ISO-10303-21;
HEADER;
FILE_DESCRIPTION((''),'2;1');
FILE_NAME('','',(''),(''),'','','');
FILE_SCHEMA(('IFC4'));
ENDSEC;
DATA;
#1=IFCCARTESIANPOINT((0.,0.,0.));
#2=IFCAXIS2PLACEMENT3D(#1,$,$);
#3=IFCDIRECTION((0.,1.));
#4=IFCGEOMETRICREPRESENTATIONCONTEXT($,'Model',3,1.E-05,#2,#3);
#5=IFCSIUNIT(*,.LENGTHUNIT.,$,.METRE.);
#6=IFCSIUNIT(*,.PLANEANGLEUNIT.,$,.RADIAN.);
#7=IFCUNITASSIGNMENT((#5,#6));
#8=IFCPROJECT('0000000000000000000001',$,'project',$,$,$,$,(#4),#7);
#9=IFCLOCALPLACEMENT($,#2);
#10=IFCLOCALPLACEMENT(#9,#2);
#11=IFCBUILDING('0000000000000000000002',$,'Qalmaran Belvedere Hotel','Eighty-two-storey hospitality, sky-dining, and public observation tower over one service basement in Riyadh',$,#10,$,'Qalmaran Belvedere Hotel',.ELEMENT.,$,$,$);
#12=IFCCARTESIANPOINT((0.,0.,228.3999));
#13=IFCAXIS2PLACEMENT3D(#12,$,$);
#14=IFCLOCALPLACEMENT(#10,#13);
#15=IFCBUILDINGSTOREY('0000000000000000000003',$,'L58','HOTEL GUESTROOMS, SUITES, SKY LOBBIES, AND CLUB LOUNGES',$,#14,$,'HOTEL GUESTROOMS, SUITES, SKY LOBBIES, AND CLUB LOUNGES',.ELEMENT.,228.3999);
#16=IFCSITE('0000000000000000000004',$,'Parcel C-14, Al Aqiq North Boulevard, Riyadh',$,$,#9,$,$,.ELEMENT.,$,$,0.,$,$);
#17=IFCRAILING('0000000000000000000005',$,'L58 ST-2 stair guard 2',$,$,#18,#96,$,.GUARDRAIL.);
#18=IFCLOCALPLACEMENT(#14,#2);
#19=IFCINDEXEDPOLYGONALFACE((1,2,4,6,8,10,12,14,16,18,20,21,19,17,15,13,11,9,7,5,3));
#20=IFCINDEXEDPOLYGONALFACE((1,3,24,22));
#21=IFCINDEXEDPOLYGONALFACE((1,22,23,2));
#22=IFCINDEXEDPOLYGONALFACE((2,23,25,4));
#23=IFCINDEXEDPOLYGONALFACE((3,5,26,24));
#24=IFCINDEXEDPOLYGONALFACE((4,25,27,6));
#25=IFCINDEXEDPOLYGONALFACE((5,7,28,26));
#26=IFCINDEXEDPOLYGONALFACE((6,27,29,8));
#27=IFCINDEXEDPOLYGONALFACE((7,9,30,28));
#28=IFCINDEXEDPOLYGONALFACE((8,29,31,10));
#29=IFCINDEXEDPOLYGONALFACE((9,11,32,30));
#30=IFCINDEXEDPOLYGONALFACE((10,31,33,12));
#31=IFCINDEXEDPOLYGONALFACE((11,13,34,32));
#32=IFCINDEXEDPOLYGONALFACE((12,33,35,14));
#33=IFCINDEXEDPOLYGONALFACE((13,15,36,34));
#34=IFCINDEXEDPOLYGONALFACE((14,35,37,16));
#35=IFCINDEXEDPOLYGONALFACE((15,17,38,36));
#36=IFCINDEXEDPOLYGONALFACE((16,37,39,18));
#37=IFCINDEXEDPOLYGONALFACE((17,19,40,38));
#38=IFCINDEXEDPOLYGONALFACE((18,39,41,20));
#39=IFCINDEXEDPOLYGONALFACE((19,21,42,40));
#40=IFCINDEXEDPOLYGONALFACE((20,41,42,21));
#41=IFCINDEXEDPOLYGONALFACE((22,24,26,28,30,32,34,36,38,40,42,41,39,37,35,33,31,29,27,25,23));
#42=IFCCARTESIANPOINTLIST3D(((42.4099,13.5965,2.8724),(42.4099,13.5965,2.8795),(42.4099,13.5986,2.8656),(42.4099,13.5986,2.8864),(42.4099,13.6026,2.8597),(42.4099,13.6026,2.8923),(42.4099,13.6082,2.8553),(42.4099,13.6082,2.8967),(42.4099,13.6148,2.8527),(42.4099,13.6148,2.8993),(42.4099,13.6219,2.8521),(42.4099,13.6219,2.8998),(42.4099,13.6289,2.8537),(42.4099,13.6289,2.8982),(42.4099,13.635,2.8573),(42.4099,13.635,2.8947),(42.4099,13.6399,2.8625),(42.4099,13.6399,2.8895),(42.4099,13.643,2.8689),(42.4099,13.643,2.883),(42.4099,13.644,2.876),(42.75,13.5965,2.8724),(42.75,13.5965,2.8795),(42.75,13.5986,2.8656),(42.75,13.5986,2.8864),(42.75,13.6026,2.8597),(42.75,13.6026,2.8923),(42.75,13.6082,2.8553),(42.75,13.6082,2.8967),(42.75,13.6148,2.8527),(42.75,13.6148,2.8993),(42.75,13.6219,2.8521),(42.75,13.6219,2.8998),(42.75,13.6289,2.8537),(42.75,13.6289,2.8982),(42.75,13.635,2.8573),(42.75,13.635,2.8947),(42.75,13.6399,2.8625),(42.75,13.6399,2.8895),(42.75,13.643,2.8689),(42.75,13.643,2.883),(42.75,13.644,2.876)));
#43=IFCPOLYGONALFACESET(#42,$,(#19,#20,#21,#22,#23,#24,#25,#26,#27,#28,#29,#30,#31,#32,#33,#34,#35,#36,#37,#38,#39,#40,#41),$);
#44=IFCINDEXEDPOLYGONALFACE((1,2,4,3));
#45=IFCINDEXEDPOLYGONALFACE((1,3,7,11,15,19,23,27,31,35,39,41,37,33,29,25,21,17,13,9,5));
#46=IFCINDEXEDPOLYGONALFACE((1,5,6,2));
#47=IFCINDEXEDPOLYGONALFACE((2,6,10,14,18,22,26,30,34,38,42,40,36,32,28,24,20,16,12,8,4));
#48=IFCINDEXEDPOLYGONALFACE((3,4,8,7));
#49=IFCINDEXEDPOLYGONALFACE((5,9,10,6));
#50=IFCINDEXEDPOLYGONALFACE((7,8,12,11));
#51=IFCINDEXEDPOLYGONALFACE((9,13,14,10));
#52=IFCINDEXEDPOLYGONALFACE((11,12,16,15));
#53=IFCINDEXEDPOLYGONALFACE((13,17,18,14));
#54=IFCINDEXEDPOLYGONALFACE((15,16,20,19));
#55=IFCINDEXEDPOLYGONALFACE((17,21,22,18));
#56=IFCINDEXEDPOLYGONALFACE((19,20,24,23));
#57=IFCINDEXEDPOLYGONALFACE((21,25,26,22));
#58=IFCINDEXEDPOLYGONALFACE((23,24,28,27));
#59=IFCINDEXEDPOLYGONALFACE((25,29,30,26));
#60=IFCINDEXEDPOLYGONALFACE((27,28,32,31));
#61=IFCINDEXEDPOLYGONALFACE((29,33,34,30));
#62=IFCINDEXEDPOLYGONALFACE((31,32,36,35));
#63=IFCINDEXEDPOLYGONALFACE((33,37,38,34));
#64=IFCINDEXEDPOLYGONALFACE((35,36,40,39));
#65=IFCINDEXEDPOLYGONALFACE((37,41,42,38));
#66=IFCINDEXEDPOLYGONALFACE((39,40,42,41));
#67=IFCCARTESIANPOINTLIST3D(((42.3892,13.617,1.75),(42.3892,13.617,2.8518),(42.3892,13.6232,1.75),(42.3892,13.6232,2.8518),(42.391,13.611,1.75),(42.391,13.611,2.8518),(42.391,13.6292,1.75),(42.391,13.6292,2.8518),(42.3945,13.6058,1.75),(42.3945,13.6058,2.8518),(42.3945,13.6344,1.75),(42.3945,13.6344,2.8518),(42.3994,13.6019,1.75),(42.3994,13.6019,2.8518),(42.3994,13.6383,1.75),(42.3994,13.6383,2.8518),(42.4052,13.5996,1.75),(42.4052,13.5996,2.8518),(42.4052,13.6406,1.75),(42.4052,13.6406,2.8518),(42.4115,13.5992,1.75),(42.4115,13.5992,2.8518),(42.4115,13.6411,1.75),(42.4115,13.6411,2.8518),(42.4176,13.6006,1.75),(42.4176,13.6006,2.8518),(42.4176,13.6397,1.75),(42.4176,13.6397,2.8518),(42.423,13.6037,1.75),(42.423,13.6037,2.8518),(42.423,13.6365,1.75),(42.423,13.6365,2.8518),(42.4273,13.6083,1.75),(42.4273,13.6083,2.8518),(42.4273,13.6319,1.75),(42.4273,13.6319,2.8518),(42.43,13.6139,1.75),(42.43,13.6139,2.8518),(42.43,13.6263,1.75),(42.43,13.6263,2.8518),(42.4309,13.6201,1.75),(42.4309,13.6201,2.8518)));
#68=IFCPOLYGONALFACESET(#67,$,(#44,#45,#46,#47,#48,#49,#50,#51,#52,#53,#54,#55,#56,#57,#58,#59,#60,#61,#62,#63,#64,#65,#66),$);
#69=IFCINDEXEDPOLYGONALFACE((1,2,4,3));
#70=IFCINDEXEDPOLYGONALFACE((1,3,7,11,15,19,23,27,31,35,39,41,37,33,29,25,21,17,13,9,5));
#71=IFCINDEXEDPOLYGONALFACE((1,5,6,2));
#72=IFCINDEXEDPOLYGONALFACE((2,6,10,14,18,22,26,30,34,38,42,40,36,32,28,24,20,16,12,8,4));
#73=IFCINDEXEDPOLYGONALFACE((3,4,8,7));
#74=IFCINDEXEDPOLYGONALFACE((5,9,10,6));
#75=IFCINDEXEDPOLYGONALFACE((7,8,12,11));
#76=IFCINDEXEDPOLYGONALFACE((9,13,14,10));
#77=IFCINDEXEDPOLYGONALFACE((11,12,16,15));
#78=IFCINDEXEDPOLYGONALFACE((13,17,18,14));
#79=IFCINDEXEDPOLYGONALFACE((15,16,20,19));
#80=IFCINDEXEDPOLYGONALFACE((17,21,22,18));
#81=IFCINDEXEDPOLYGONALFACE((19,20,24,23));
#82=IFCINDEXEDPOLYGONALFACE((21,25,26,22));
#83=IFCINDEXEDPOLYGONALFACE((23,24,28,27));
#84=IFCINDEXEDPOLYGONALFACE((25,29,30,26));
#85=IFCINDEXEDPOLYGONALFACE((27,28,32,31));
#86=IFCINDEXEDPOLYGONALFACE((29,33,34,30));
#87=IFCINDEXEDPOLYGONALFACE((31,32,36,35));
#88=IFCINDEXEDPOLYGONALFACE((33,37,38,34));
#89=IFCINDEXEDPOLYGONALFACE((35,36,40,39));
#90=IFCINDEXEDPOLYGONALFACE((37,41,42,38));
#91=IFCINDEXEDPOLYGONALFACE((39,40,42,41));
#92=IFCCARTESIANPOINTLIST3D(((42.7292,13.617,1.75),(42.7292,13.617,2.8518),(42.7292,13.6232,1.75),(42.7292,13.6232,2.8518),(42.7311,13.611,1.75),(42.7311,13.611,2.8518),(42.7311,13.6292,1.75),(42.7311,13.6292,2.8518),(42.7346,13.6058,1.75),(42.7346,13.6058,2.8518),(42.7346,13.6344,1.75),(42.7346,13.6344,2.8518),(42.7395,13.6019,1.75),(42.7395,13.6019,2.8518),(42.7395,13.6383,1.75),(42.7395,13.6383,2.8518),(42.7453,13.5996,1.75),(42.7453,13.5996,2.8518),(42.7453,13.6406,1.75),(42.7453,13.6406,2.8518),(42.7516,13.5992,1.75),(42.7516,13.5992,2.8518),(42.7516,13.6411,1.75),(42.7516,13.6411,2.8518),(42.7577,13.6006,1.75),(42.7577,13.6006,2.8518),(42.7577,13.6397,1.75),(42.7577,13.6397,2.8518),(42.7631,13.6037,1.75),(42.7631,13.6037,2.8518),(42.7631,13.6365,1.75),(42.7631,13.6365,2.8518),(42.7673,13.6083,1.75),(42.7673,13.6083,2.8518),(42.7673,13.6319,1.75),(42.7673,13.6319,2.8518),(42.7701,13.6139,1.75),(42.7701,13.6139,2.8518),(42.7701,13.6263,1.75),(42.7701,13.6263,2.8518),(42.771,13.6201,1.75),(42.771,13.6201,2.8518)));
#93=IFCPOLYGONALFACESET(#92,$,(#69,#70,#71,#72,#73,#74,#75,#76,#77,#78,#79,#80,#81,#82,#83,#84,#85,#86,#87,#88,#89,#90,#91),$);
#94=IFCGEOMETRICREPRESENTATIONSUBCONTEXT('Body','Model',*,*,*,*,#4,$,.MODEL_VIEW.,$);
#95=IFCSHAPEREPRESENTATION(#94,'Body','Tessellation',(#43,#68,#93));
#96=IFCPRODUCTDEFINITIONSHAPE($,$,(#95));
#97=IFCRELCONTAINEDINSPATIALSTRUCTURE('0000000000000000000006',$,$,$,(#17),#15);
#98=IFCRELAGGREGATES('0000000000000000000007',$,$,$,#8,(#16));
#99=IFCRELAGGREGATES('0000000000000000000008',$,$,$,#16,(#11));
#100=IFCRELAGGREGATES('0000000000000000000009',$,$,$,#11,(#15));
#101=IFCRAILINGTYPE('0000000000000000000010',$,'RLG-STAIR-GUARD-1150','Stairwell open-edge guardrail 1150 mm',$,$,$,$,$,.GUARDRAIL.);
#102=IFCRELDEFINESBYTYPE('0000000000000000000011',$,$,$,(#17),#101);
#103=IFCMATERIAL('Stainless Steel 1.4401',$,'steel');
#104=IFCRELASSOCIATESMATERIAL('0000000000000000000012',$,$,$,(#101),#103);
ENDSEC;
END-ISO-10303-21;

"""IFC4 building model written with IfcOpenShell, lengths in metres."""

from ifc_helpers import new_model, si_unit, direction, frame, origin, origin_2d, place, context, subcontext, project, spatial, circle, extrude, material, type_object, element, save


model = new_model("IFC4")

# Units and contexts
model_context = context("Model", 3, precision=1e-05, world=origin(), true_north=direction((0.0, 1.0)))
body_context = subcontext(model_context, "Body", "Model", "MODEL_VIEW")
ifc_project = project(units=[si_unit("LENGTHUNIT", "METRE"), si_unit("PLANEANGLEUNIT", "RADIAN")], contexts=[model_context])

# Site, building, storey
site_placement = place(None, origin())
site = spatial("IfcSite", under=ifc_project, at=site_placement, Name="Parcel C-14, Al Aqiq North Boulevard, Riyadh", CompositionType="ELEMENT", RefElevation=0.0)
building_placement = place(site_placement, origin())
building = spatial("IfcBuilding", under=site, at=building_placement, Name="Qalmaran Belvedere Hotel", Description="Eighty-two-storey hospitality, sky-dining, and public observation tower over one service basement in Riyadh", LongName="Qalmaran Belvedere Hotel", CompositionType="ELEMENT")
storey_placement = place(building_placement, frame((0.0, 0.0, 228.3999)))
storey = spatial("IfcBuildingStorey", under=building, at=storey_placement, Name="L58", Description="HOTEL GUESTROOMS, SUITES, SKY LOBBIES, AND CLUB LOUNGES", LongName="HOTEL GUESTROOMS, SUITES, SKY LOBBIES, AND CLUB LOUNGES", CompositionType="ELEMENT", Elevation=228.3999)

# Railing
ifc_material_1 = material(Name="Stainless Steel 1.4401", Category="steel")
railing_type_1 = type_object("IfcRailingType", Name="RLG-STAIR-GUARD-1150", Description="Stairwell open-edge guardrail 1150 mm", PredefinedType="GUARDRAIL", material=ifc_material_1)
railing_1_placement = place(storey_placement, frame((42.4099, 13.6201, 1.75)))
element("IfcRailing", 1, at=railing_1_placement, inside=storey, type_object=railing_type_1, Name="L58 ST-2 stair guard 2", PredefinedType="GUARDRAIL", context=body_context, shape_type="SweptSolid", body=[
    extrude(circle(Radius=0.0239, at=origin_2d()), frame((0.0, 0.0, 1.126), z_axis=(1.0, 0.0, 0.0), x_axis=(0.0, 1.0, 0.0)), (0.0, 0.0, 1.0), 0.3401),
    extrude(circle(Radius=0.021, at=origin_2d()), origin(), (0.0, 0.0, 1.0), 1.1018),
    extrude(circle(Radius=0.021, at=origin_2d()), frame((0.3401, 0.0, 0.0)), (0.0, 0.0, 1.0), 1.1018),
])

save(model, "model.ifc")
